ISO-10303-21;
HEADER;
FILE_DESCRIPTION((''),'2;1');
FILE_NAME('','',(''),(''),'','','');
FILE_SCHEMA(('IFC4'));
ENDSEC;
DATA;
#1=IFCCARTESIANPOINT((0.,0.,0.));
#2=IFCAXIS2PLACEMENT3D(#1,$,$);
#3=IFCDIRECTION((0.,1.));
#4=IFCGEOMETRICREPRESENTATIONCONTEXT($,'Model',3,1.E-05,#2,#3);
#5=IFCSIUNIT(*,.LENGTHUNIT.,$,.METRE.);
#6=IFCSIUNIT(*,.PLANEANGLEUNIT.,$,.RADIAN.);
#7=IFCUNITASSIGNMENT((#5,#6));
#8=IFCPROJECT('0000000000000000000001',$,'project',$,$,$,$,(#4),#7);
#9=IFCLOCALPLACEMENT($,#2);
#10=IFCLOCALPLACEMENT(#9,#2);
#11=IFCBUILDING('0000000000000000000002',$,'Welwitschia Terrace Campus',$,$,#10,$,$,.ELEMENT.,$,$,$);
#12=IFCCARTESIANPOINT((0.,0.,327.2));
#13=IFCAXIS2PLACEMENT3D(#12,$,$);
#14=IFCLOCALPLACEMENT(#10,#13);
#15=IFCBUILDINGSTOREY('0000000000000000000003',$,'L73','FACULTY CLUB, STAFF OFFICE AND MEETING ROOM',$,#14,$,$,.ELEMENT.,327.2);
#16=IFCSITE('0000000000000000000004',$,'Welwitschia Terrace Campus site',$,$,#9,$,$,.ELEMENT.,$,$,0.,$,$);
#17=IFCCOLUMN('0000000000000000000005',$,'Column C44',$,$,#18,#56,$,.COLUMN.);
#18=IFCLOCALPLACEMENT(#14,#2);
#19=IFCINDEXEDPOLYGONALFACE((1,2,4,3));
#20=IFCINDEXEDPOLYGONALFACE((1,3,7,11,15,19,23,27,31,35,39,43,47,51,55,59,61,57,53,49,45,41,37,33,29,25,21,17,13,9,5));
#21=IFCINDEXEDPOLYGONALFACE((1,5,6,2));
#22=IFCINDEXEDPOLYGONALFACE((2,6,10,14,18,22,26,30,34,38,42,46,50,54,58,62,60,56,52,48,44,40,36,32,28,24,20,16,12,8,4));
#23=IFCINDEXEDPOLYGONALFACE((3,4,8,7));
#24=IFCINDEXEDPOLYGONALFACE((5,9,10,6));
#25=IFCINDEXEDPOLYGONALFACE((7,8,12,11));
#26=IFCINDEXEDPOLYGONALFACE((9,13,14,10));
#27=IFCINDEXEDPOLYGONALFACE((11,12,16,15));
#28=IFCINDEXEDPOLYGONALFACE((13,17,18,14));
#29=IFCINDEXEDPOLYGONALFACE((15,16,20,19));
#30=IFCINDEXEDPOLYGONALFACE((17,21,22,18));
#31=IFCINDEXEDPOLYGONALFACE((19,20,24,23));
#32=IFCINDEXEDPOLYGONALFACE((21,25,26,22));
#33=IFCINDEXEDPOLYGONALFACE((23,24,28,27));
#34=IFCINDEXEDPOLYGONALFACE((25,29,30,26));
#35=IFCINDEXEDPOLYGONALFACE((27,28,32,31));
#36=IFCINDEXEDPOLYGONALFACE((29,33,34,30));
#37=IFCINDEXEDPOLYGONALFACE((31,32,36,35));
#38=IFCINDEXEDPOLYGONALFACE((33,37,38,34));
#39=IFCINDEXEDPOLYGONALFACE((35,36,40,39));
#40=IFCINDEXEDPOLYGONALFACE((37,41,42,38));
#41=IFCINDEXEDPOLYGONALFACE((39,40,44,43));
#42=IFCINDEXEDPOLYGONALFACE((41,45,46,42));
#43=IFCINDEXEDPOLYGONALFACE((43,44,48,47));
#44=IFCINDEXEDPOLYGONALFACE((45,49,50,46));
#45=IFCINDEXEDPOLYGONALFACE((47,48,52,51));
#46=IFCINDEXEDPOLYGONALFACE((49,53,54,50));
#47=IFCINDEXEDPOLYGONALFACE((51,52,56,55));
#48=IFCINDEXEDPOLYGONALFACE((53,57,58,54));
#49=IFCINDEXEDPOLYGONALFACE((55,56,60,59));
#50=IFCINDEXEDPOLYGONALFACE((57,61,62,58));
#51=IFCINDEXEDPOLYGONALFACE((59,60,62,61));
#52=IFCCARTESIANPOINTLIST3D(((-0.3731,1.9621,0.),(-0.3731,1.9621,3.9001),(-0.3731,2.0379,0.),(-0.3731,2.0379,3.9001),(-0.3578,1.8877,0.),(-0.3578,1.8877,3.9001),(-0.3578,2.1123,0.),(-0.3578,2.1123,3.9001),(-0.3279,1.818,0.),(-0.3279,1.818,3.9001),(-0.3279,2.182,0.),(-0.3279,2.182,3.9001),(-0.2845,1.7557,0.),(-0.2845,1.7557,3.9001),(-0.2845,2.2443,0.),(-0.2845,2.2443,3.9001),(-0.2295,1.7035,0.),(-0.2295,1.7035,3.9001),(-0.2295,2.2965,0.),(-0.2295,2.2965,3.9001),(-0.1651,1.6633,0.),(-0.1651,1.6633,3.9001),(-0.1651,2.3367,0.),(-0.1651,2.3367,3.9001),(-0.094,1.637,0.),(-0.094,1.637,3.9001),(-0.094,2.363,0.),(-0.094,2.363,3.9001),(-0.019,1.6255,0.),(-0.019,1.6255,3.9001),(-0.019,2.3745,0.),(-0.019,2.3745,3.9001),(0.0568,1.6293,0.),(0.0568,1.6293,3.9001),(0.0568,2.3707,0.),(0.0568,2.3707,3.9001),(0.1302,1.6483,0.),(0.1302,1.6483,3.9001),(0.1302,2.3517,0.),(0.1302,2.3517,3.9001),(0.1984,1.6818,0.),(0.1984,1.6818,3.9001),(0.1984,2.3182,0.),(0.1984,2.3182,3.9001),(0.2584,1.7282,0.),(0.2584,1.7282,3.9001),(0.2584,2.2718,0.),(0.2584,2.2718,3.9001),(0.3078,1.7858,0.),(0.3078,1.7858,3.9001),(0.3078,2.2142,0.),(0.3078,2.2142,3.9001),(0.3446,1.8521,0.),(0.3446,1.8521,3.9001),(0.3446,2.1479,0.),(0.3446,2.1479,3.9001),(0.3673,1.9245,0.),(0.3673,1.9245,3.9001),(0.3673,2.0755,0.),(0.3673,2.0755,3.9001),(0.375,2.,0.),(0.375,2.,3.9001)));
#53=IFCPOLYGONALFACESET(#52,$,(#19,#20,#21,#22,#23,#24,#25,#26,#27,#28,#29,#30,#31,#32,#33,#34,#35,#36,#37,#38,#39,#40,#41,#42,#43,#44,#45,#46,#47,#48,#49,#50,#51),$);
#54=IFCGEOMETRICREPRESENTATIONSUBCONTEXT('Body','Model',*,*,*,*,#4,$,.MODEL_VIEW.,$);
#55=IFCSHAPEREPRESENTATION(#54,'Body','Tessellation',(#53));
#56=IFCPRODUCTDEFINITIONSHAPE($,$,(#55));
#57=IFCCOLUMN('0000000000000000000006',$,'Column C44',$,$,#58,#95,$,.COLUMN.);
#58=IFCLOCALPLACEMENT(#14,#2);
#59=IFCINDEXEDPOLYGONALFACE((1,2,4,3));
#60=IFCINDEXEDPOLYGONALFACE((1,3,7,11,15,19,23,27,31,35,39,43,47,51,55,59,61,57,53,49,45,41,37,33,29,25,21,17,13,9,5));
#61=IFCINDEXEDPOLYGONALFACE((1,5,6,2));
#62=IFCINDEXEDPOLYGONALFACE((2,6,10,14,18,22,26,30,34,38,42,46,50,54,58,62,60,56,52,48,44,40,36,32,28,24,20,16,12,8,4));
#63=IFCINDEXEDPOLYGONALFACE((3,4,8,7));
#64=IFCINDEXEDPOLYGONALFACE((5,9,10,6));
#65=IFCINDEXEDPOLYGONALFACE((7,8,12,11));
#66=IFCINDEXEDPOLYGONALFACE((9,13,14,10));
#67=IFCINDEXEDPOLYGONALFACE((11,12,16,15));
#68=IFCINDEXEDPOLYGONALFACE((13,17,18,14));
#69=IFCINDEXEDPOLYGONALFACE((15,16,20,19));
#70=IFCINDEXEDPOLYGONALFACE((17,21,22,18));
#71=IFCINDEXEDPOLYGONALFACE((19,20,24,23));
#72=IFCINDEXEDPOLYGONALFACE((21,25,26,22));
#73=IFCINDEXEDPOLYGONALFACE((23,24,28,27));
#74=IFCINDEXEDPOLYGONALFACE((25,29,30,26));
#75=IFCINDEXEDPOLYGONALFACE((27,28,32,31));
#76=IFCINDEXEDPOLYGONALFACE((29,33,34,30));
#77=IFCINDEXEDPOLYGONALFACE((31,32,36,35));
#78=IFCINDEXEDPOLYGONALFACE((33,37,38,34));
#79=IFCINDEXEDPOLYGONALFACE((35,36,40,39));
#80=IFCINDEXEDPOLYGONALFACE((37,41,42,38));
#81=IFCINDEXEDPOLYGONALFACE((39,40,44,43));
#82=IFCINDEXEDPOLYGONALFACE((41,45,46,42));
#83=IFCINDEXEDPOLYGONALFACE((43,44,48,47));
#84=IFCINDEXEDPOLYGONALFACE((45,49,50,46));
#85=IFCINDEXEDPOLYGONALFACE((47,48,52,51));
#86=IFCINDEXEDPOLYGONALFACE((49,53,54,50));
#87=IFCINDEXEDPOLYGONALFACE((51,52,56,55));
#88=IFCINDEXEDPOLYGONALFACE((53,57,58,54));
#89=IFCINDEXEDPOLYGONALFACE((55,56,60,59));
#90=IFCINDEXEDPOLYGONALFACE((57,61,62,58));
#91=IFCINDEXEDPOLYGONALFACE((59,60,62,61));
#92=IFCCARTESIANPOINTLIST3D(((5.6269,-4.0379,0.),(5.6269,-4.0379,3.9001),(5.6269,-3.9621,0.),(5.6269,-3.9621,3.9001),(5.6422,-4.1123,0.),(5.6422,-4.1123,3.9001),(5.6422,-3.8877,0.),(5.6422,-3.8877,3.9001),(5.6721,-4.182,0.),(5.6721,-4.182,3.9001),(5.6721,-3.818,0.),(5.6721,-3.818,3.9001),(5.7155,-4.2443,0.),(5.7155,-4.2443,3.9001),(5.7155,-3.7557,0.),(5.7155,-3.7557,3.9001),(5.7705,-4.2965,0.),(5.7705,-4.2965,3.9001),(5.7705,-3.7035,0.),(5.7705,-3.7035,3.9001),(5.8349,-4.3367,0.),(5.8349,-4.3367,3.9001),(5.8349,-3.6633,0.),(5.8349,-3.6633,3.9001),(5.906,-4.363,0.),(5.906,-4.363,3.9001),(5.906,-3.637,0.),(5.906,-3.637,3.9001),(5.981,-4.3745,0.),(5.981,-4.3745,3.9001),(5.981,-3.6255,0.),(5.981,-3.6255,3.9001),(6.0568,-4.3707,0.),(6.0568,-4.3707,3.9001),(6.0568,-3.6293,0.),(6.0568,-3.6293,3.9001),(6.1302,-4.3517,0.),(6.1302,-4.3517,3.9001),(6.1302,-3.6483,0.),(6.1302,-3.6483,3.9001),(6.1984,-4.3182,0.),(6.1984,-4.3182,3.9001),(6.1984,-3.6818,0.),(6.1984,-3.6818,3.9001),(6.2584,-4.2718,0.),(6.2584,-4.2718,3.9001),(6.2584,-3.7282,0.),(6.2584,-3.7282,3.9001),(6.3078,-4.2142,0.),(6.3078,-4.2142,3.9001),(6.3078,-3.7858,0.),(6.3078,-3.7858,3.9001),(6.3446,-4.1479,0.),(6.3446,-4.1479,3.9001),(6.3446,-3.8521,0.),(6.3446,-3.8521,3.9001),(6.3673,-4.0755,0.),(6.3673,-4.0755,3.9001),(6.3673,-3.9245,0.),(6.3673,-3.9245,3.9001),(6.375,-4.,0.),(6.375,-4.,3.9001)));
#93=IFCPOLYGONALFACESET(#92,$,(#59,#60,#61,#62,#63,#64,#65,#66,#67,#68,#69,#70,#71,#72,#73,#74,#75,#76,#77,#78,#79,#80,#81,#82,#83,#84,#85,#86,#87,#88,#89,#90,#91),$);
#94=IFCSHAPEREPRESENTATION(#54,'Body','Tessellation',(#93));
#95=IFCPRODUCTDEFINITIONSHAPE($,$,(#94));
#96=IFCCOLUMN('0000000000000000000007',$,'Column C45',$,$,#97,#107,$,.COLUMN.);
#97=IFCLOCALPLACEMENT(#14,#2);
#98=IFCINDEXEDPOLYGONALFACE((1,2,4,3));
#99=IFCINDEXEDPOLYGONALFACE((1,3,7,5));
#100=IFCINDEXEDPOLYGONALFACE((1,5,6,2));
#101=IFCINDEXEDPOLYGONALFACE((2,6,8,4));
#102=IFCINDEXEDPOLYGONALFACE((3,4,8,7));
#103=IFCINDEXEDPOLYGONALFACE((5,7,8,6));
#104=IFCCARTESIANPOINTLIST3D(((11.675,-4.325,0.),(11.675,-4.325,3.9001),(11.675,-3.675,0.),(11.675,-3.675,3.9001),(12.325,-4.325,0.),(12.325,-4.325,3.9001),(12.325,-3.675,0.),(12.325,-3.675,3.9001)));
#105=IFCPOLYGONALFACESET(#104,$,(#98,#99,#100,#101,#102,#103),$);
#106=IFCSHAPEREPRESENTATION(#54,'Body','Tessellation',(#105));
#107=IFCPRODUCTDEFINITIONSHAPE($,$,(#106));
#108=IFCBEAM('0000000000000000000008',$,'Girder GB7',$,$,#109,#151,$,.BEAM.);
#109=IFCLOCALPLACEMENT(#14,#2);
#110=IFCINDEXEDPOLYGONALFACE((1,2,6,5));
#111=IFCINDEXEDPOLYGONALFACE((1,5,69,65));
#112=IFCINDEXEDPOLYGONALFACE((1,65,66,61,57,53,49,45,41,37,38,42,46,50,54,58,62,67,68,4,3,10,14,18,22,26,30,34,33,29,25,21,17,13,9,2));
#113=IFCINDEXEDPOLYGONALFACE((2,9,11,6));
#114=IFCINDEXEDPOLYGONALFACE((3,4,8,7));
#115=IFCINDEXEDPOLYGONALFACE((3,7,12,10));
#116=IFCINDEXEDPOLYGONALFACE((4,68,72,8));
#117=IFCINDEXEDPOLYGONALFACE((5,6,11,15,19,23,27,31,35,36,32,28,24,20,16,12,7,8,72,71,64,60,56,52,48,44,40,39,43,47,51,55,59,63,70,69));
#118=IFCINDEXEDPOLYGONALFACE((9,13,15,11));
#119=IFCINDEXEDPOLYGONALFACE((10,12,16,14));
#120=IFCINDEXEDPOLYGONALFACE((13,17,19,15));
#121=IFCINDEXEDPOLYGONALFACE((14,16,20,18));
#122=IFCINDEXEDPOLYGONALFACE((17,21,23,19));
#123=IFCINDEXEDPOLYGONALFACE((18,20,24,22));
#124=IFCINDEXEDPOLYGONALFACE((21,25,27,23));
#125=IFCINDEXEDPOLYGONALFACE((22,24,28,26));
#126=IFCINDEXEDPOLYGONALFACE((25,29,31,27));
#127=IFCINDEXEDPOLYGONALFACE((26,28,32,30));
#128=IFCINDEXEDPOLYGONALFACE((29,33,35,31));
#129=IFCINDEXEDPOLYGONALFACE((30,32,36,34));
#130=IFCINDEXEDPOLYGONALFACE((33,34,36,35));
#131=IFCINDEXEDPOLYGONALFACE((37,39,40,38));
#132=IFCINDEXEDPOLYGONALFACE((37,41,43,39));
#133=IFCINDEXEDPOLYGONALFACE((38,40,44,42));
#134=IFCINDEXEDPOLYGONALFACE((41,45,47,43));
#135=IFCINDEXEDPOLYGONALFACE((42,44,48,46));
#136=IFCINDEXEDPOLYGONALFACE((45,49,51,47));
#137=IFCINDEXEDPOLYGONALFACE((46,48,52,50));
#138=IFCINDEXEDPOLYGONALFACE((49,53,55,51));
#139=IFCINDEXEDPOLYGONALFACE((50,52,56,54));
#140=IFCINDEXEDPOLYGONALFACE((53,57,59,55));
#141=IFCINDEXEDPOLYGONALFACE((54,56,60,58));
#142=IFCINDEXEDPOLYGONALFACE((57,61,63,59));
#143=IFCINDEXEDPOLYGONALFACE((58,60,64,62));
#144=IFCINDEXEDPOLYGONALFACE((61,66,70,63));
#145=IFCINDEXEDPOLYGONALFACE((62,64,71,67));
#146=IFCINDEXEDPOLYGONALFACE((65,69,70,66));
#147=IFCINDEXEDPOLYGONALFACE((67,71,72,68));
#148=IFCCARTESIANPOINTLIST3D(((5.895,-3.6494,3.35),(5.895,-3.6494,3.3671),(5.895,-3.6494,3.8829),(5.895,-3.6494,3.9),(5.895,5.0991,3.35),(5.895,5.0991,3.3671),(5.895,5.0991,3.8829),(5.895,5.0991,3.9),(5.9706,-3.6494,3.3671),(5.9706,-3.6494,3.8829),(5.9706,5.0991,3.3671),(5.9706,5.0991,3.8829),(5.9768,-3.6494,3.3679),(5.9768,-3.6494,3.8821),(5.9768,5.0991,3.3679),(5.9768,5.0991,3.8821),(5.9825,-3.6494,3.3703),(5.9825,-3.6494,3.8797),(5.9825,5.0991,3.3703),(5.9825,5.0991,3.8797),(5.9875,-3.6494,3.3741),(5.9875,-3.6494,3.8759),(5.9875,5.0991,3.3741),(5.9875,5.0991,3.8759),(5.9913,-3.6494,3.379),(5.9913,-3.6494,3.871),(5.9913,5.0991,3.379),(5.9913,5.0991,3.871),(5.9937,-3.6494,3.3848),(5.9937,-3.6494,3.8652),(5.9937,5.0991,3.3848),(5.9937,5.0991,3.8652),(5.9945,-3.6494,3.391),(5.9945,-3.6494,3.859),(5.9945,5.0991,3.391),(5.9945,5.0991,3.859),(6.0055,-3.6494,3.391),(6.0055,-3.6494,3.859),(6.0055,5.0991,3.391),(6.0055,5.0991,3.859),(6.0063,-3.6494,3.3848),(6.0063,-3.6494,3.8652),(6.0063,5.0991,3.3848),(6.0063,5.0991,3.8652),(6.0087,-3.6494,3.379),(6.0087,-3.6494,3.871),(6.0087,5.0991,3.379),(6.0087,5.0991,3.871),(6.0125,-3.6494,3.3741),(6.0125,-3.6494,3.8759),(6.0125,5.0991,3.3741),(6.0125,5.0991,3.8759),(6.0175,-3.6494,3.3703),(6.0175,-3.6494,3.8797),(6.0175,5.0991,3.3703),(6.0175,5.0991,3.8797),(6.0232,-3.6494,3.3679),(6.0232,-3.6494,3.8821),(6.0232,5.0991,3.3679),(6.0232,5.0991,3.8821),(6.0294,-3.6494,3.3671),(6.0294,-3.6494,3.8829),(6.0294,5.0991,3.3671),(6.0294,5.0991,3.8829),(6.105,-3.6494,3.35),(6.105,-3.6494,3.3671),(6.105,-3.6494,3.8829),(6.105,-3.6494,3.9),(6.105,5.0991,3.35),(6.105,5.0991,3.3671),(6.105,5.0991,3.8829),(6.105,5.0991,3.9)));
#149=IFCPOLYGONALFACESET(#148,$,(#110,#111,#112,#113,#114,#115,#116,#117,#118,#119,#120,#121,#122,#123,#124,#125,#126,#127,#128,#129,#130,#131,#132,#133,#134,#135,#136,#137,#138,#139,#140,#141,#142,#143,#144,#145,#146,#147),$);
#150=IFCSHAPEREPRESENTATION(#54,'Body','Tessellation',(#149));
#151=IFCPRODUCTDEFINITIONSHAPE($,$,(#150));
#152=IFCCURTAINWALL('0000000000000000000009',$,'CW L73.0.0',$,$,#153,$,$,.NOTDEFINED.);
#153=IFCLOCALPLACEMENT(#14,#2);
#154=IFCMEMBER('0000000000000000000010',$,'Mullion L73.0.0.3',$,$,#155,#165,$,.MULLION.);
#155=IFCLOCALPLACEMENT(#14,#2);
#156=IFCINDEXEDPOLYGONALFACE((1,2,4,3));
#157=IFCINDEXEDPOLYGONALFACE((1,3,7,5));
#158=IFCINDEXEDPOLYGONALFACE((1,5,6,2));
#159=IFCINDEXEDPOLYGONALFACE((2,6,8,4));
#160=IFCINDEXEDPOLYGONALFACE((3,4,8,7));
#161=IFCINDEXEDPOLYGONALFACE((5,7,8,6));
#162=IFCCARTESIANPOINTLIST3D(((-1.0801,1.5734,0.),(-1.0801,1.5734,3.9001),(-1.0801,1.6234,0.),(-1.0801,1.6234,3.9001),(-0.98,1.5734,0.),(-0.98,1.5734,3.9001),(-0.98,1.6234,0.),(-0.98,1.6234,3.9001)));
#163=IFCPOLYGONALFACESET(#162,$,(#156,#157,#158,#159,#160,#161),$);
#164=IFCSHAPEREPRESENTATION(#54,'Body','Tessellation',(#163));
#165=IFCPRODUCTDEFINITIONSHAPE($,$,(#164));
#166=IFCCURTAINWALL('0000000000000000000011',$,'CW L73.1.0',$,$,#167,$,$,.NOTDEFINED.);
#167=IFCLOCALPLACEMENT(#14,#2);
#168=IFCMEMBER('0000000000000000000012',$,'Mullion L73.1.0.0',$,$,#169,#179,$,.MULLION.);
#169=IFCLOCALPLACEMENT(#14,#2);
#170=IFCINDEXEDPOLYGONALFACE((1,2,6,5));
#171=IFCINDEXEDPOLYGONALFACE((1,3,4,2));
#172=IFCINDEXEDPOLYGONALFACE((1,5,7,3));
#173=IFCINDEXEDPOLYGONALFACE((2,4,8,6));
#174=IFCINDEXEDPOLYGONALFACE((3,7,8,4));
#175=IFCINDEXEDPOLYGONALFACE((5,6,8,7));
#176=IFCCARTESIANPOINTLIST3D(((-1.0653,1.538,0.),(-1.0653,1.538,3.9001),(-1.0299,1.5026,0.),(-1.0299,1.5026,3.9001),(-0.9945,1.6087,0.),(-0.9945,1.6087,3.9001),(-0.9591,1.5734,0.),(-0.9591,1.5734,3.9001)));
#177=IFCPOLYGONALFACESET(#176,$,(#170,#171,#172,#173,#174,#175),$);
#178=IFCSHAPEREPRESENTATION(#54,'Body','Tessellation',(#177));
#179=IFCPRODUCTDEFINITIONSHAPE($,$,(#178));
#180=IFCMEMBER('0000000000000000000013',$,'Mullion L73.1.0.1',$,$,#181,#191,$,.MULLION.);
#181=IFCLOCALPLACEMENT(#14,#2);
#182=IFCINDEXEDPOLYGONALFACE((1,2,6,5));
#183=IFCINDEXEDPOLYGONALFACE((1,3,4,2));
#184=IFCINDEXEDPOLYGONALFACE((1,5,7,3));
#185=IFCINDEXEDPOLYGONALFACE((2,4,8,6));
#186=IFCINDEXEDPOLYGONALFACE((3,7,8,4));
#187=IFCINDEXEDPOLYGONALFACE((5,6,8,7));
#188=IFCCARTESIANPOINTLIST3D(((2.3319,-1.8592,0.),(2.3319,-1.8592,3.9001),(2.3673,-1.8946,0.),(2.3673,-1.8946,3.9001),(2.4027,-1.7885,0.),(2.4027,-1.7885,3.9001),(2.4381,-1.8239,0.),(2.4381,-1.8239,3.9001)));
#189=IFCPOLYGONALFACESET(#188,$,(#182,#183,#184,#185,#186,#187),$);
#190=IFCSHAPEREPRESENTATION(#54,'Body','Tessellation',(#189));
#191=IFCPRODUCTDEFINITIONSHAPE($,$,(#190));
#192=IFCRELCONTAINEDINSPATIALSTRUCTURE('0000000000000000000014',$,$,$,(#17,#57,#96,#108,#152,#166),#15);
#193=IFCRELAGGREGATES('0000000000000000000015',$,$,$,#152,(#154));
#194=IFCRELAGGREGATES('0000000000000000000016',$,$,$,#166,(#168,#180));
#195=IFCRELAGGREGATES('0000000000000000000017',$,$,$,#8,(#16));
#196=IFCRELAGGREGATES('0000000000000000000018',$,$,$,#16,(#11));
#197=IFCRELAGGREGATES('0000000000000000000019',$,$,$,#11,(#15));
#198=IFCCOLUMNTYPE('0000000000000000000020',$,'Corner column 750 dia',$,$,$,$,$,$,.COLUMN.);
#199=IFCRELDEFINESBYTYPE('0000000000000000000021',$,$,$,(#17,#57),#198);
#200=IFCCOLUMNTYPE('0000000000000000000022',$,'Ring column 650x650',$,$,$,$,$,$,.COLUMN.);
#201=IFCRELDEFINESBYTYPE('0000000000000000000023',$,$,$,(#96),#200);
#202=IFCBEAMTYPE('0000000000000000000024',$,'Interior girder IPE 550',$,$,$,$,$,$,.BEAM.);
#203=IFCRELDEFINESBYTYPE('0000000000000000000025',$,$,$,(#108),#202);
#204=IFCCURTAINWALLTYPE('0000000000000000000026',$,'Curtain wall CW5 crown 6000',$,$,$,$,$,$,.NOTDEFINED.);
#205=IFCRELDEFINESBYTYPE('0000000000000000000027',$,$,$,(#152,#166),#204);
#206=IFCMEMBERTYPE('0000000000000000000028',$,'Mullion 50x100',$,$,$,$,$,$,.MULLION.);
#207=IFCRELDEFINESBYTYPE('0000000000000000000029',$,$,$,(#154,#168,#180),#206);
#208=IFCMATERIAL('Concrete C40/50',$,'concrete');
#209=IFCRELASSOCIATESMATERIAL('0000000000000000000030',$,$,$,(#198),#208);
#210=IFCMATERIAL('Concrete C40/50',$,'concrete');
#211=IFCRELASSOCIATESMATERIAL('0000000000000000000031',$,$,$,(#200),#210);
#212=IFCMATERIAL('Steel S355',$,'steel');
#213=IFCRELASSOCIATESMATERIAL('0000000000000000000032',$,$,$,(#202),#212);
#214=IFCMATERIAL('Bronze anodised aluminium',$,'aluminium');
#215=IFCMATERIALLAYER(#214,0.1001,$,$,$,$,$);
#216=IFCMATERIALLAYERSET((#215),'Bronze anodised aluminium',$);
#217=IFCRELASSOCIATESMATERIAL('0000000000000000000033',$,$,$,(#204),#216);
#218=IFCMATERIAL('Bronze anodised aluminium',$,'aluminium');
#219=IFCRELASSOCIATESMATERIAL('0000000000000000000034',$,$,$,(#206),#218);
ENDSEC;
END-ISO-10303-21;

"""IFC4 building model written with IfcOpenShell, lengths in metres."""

from ifc_helpers import new_model, si_unit, direction, frame, origin, origin_2d, place, context, subcontext, project, spatial, rectangle, circle, i_section, extrude, material, layer, layer_set, material_profile, profile_set, type_object, element, aggregate, save


model = new_model("IFC4")

# Units and contexts
model_context = context("Model", 3, precision=1e-05, world=origin(), true_north=direction((0.0, 1.0)))
body_context = subcontext(model_context, "Body", "Model", "MODEL_VIEW")
ifc_project = project(units=[si_unit("LENGTHUNIT", "METRE"), si_unit("PLANEANGLEUNIT", "RADIAN")], contexts=[model_context])

# Site, building, storey
site_placement = place(None, origin())
site = spatial("IfcSite", under=ifc_project, at=site_placement, Name="Welwitschia Terrace Campus site", CompositionType="ELEMENT", RefElevation=0.0)
building_placement = place(site_placement, origin())
building = spatial("IfcBuilding", under=site, at=building_placement, Name="Welwitschia Terrace Campus", CompositionType="ELEMENT")
storey_placement = place(building_placement, frame((0.0, 0.0, 327.2)))
storey = spatial("IfcBuildingStorey", under=building, at=storey_placement, Name="L73", Description="FACULTY CLUB, STAFF OFFICE AND MEETING ROOM", CompositionType="ELEMENT", Elevation=327.2)

# Columns
ifc_material_1 = material(Name="Concrete C40/50", Category="concrete")
ifc_material_profile_1 = material_profile(ifc_material_1, circle(Radius=0.375, at=origin_2d()))
ifc_profile_set_1 = profile_set([ifc_material_profile_1], Name="Concrete C40/50")
column_type_1 = type_object("IfcColumnType", Name="Corner column 750 dia", PredefinedType="COLUMN", material=ifc_profile_set_1)
for number, where, z_axis, x_axis, name in (
    (1, (0.0, 2.0, 0.0), (0.0, 0.0, 1.0), (1.0, 0.0, 0.0), "Column C44"),
    (2, (6.0, -4.0, 0.0), (0.0, 0.0, 1.0), (1.0, 0.0, 0.0), "Column C44"),
):
    element("IfcColumn", number, at=place(storey_placement, frame(where, z_axis=z_axis, x_axis=x_axis)), inside=storey, type_object=column_type_1, Name=name, PredefinedType="COLUMN", context=body_context, shape_type="SweptSolid", body=[
        extrude(circle(Radius=0.375, at=origin_2d()), origin(), (0.0, 0.0, 1.0), 3.9001),
    ])
ifc_material_2 = material(Name="Concrete C40/50", Category="concrete")
ifc_material_profile_2 = material_profile(ifc_material_2, rectangle(XDim=0.6499, YDim=0.6499, at=origin_2d()))
ifc_profile_set_2 = profile_set([ifc_material_profile_2], Name="Concrete C40/50")
column_type_2 = type_object("IfcColumnType", Name="Ring column 650x650", PredefinedType="COLUMN", material=ifc_profile_set_2)
column_placement = place(storey_placement, frame((12.0, -4.0, 0.0), z_axis=(0.0, 0.0, 1.0), x_axis=(1.0, 0.0, 0.0)))
element("IfcColumn", 3, at=column_placement, inside=storey, type_object=column_type_2, Name="Column C45", PredefinedType="COLUMN", context=body_context, shape_type="SweptSolid", body=[
    extrude(rectangle(XDim=0.6499, YDim=0.6499, at=origin_2d()), origin(), (0.0, 0.0, 1.0), 3.9001),
])

# Beam
ifc_material_3 = material(Name="Steel S355", Category="steel")
ifc_material_profile_3 = material_profile(ifc_material_3, i_section(OverallWidth=0.21, OverallDepth=0.55, WebThickness=0.011, FlangeThickness=0.0171, FilletRadius=0.0239, at=origin_2d()))
ifc_profile_set_3 = profile_set([ifc_material_profile_3], Name="Steel S355")
beam_type_1 = type_object("IfcBeamType", Name="Interior girder IPE 550", PredefinedType="BEAM", material=ifc_profile_set_3)
beam_1_placement = place(storey_placement, frame((6.0, -3.6494, 3.625), z_axis=(0.0, 1.0, 0.0), x_axis=(-1.0, 0.0, 0.0)))
element("IfcBeam", 4, at=beam_1_placement, inside=storey, type_object=beam_type_1, Name="Girder GB7", PredefinedType="BEAM", context=body_context, shape_type="SweptSolid", body=[
    extrude(i_section(OverallWidth=0.21, OverallDepth=0.55, WebThickness=0.011, FlangeThickness=0.0171, FilletRadius=0.0239, at=origin_2d()), origin(), (0.0, 0.0, 1.0), 8.7485),
])

# Curtain wall, member
ifc_material_4 = material(Name="Bronze anodised aluminium", Category="aluminium")
ifc_layer_1 = layer(ifc_material_4, 0.1001)
ifc_layer_set_1 = layer_set([ifc_layer_1], Name="Bronze anodised aluminium")
curtain_wall_type = type_object("IfcCurtainWallType", Name="Curtain wall CW5 crown 6000", PredefinedType="NOTDEFINED", material=ifc_layer_set_1)
curtain_wall_1_placement = place(storey_placement, origin())
curtain_wall_1 = element("IfcCurtainWall", 5, at=curtain_wall_1_placement, inside=storey, type_object=curtain_wall_type, Name="CW L73.0.0", PredefinedType="NOTDEFINED")
ifc_material_5 = material(Name="Bronze anodised aluminium", Category="aluminium")
ifc_material_profile_4 = material_profile(ifc_material_5, rectangle(XDim=0.1001, YDim=0.05, at=origin_2d()))
ifc_profile_set_4 = profile_set([ifc_material_profile_4], Name="Bronze anodised aluminium")
member_type_1 = type_object("IfcMemberType", Name="Mullion 50x100", PredefinedType="MULLION", material=ifc_profile_set_4)
member_1_placement = place(storey_placement, frame((-1.03, 1.5984, 0.0), z_axis=(0.0, 0.0, 1.0), x_axis=(1.0, 0.0, 0.0)))
member_1 = element("IfcMember", 6, at=member_1_placement, type_object=member_type_1, Name="Mullion L73.0.0.3", PredefinedType="MULLION", context=body_context, shape_type="SweptSolid", body=[
    extrude(rectangle(XDim=0.1001, YDim=0.05, at=origin_2d()), origin(), (0.0, 0.0, 1.0), 3.9001),
])
aggregate(curtain_wall_1, [member_1])

# Curtain wall, members
curtain_wall_2_placement = place(storey_placement, origin())
curtain_wall_2 = element("IfcCurtainWall", 7, at=curtain_wall_2_placement, inside=storey, type_object=curtain_wall_type, Name="CW L73.1.0", PredefinedType="NOTDEFINED")
member_2_placement = place(storey_placement, frame((-1.0122, 1.5557, 0.0), z_axis=(0.0, 0.0, 1.0), x_axis=(0.707107, 0.707107, 0.0)))
member_2 = element("IfcMember", 8, at=member_2_placement, type_object=member_type_1, Name="Mullion L73.1.0.0", PredefinedType="MULLION", context=body_context, shape_type="SweptSolid", body=[
    extrude(rectangle(XDim=0.1001, YDim=0.05, at=origin_2d()), origin(), (0.0, 0.0, 1.0), 3.9001),
])
member_3_placement = place(storey_placement, frame((2.385, -1.8416, 0.0), z_axis=(0.0, 0.0, 1.0), x_axis=(0.707107, 0.707107, 0.0)))
member_3 = element("IfcMember", 9, at=member_3_placement, type_object=member_type_1, Name="Mullion L73.1.0.1", PredefinedType="MULLION", context=body_context, shape_type="SweptSolid", body=[
    extrude(rectangle(XDim=0.1001, YDim=0.05, at=origin_2d()), origin(), (0.0, 0.0, 1.0), 3.9001),
])

aggregate(curtain_wall_2, [member_2, member_3])

save(model, "model.ifc")
